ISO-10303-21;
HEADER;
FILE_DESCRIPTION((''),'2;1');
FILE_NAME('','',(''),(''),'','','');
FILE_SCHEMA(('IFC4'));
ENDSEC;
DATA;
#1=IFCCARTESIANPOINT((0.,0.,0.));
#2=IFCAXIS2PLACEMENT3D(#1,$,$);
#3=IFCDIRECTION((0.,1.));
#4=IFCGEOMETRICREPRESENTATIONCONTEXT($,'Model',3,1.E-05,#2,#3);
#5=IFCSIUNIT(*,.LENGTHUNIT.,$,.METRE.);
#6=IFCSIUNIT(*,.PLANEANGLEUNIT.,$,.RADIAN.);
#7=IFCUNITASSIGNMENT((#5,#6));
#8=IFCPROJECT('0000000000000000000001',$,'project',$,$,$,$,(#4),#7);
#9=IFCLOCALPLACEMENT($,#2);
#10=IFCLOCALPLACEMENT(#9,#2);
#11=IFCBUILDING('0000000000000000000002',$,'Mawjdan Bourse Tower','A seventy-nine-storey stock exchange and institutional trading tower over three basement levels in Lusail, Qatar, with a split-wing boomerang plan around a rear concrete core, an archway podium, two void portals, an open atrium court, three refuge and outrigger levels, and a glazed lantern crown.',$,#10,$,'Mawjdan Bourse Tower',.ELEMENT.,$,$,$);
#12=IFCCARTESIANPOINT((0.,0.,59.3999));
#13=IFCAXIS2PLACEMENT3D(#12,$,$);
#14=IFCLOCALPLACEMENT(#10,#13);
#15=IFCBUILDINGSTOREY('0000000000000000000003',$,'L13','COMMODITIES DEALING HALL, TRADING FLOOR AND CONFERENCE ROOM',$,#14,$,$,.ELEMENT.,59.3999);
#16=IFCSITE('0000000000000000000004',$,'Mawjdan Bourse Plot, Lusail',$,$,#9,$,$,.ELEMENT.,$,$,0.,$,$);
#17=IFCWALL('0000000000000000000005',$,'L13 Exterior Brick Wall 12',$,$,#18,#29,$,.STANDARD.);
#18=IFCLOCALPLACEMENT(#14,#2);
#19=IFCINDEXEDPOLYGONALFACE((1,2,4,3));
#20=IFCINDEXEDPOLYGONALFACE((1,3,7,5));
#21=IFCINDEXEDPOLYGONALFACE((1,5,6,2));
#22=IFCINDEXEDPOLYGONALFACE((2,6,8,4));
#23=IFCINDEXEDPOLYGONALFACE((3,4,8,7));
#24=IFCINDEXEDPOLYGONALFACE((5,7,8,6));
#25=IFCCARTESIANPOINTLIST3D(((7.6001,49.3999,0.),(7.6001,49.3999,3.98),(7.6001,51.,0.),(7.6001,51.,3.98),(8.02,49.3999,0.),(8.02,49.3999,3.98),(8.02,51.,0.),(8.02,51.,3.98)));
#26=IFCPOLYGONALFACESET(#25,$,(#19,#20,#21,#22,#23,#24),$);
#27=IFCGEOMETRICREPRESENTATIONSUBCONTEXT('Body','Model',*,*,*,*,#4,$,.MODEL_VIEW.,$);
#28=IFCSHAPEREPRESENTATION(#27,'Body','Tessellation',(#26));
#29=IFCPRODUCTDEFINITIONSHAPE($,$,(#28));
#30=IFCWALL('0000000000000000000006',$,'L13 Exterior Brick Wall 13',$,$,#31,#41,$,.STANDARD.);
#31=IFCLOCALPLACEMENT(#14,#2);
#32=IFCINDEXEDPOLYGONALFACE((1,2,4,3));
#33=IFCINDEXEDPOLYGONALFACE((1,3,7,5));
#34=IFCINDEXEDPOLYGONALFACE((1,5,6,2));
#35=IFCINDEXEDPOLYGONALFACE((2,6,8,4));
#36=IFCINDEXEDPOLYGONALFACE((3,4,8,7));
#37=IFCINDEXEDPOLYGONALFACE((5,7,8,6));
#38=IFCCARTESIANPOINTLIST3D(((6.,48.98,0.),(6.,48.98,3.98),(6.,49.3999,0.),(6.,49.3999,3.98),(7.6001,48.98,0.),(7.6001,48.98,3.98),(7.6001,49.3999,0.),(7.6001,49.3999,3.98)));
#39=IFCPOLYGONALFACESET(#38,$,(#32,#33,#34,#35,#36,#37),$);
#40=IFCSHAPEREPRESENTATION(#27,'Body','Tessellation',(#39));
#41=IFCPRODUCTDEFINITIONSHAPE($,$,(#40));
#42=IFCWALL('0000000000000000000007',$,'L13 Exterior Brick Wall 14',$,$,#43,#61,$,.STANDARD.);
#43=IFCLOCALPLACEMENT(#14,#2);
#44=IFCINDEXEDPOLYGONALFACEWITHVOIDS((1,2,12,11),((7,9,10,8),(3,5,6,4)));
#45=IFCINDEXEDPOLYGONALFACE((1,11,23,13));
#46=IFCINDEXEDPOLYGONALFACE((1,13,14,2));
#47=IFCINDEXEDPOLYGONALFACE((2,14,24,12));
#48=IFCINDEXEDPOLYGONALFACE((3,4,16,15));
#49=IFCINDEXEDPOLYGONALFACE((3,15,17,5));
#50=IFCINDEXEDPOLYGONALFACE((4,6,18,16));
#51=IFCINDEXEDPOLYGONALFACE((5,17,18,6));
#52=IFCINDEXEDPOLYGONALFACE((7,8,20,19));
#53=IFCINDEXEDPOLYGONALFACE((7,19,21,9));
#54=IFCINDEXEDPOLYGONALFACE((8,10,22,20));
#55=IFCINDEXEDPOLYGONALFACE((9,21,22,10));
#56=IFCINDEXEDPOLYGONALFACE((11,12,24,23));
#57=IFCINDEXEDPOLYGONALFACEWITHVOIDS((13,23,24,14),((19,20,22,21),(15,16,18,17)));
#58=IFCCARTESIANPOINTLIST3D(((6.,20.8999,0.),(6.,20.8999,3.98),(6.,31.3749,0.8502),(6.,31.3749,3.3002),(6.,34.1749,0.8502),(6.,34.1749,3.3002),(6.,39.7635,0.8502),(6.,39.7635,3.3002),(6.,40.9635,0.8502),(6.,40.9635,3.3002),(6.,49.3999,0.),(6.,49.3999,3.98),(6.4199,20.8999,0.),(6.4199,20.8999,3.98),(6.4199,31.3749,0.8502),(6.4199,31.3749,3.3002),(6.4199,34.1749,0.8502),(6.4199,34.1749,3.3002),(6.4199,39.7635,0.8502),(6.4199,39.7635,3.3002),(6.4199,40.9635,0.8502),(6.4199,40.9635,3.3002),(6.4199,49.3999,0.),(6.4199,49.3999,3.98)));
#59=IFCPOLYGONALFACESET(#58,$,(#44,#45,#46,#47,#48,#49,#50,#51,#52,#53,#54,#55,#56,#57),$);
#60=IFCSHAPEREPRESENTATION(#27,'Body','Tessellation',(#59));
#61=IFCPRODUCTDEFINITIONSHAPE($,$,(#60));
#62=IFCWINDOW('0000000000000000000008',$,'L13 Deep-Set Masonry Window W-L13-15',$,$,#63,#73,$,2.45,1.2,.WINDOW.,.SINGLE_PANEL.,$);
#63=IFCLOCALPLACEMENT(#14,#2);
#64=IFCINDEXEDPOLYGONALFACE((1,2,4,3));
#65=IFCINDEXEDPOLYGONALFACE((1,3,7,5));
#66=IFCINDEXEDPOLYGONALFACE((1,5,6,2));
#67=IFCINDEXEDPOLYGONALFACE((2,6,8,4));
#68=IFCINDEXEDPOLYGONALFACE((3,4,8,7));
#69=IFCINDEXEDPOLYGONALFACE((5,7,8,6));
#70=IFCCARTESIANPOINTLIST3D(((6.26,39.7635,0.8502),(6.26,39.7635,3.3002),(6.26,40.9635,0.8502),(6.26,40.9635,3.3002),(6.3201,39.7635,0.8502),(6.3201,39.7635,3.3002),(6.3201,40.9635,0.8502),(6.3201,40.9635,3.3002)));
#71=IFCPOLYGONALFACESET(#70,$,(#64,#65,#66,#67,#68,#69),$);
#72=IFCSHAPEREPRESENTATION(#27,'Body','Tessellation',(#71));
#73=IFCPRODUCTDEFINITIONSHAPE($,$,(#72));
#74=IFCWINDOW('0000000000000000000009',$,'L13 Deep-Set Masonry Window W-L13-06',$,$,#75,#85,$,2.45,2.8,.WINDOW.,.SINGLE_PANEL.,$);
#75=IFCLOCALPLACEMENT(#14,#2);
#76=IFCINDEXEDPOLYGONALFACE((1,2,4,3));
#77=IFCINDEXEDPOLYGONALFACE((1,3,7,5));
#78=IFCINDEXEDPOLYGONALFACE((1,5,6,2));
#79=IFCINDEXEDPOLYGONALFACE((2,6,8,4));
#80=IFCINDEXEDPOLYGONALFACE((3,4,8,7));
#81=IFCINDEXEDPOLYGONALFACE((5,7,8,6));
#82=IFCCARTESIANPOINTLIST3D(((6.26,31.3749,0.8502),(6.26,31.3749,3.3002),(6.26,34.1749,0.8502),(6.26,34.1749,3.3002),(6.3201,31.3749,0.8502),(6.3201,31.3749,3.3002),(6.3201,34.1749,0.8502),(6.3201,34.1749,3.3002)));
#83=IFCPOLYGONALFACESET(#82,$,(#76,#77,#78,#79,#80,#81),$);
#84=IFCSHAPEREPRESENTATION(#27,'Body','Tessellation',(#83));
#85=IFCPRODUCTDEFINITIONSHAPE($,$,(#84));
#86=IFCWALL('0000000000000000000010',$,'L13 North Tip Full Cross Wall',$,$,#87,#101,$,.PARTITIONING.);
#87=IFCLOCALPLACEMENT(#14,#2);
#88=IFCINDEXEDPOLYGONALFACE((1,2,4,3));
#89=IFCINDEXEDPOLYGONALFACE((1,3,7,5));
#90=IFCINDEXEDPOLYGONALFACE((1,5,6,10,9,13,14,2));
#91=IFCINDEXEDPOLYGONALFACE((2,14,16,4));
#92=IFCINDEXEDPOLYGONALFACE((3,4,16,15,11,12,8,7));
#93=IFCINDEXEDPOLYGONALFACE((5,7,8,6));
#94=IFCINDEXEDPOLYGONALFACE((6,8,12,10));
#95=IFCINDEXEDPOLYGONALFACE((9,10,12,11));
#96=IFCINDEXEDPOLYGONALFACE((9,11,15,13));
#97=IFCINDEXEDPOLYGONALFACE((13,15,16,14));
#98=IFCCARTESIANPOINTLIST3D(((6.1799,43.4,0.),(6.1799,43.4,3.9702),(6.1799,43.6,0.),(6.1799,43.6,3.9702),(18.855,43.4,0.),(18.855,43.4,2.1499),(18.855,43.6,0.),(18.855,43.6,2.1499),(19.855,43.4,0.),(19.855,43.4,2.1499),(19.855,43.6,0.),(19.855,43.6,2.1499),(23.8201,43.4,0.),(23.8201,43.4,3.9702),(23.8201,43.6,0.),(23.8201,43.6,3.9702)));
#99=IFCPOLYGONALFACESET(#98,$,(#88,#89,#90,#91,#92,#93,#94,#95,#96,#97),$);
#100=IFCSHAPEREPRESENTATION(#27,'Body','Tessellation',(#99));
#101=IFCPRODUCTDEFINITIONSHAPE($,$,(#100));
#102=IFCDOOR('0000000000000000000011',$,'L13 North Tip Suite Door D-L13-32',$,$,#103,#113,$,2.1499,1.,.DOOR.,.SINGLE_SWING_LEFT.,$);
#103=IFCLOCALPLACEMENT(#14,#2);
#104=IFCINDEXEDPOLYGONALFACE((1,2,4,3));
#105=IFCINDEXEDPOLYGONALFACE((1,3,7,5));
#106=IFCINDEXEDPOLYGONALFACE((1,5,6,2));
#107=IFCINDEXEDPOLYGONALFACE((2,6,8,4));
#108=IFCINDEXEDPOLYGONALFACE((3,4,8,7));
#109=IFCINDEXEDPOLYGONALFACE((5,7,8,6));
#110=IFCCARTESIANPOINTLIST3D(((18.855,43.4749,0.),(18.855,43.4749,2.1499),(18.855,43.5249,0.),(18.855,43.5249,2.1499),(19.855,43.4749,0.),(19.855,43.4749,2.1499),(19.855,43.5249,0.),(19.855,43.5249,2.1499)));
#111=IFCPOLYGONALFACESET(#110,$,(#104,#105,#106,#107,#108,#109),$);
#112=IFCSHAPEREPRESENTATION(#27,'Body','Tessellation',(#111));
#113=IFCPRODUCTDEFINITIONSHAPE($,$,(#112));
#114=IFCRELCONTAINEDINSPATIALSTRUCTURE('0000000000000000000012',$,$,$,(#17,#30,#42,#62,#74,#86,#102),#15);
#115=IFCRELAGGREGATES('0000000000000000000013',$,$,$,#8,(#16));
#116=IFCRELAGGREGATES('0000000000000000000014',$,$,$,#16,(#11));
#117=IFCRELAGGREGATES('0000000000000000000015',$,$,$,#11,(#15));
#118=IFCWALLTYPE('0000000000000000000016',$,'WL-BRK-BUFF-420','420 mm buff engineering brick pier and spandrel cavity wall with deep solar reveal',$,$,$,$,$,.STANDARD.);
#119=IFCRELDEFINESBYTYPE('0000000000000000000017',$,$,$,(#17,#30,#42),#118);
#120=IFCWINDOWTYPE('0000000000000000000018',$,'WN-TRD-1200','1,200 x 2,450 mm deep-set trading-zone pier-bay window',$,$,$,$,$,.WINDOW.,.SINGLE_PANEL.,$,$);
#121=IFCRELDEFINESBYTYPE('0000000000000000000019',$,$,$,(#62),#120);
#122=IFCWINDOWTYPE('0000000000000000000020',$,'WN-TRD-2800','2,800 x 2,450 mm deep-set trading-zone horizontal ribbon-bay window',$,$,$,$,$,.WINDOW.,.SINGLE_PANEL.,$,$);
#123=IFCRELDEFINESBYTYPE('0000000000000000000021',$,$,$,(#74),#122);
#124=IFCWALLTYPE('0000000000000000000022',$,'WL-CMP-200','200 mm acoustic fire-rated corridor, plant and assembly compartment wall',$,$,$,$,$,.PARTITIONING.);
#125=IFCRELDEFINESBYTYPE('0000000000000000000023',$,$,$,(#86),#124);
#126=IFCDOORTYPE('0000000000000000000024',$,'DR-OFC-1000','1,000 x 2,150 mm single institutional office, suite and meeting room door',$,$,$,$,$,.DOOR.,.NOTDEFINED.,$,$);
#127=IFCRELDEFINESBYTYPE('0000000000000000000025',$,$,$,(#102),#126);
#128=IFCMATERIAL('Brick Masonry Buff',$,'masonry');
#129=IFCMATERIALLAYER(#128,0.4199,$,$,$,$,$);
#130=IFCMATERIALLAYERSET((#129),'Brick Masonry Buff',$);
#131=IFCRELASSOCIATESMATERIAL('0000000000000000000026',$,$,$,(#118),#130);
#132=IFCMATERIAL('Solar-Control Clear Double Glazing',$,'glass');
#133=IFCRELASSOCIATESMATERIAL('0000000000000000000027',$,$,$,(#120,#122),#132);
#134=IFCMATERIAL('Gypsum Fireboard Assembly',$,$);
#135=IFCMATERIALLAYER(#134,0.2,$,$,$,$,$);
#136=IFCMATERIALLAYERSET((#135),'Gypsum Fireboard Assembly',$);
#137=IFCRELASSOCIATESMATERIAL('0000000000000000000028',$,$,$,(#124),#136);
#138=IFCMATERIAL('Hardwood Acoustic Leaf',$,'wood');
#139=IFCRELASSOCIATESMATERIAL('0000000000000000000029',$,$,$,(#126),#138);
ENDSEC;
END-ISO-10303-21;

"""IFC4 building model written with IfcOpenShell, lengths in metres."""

from ifc_helpers import new_model, si_unit, direction, frame, frame_2d, origin, place, context, subcontext, project, spatial, rectangle, extrude, material, layer, layer_set, type_object, element, fill, save


model = new_model("IFC4")

# Units and contexts
model_context = context("Model", 3, precision=1e-05, world=origin(), true_north=direction((0.0, 1.0)))
body_context = subcontext(model_context, "Body", "Model", "MODEL_VIEW")
ifc_project = project(units=[si_unit("LENGTHUNIT", "METRE"), si_unit("PLANEANGLEUNIT", "RADIAN")], contexts=[model_context])

# Site, building, storey
site_placement = place(None, origin())
site = spatial("IfcSite", under=ifc_project, at=site_placement, Name="Mawjdan Bourse Plot, Lusail", CompositionType="ELEMENT", RefElevation=0.0)
building_placement = place(site_placement, origin())
building = spatial("IfcBuilding", under=site, at=building_placement, Name="Mawjdan Bourse Tower", Description="A seventy-nine-storey stock exchange and institutional trading tower over three basement levels in Lusail, Qatar, with a split-wing boomerang plan around a rear concrete core, an archway podium, two void portals, an open atrium court, three refuge and outrigger levels, and a glazed lantern crown.", LongName="Mawjdan Bourse Tower", CompositionType="ELEMENT")
storey_placement = place(building_placement, frame((0.0, 0.0, 59.3999)))
storey = spatial("IfcBuildingStorey", under=building, at=storey_placement, Name="L13", Description="COMMODITIES DEALING HALL, TRADING FLOOR AND CONFERENCE ROOM", CompositionType="ELEMENT", Elevation=59.3999)

# Walls
ifc_material_1 = material(Name="Brick Masonry Buff", Category="masonry")
ifc_layer_1 = layer(ifc_material_1, 0.4199)
ifc_layer_set_1 = layer_set([ifc_layer_1], Name="Brick Masonry Buff")
wall_type_1 = type_object("IfcWallType", Name="WL-BRK-BUFF-420", Description="420 mm buff engineering brick pier and spandrel cavity wall with deep solar reveal", PredefinedType="STANDARD", material=ifc_layer_set_1)
for number, where, z_axis, x_axis, name in (
    (1, (7.8101, 51.0, 0.0), (0.0, 0.0, 1.0), (0.0, -1.0, 0.0), "L13 Exterior Brick Wall 12"),
    (2, (7.6001, 49.1899, 0.0), (0.0, 0.0, 1.0), (-1.0, 0.0, 0.0), "L13 Exterior Brick Wall 13"),
):
    element("IfcWall", number, at=place(storey_placement, frame(where, z_axis=z_axis, x_axis=x_axis)), inside=storey, type_object=wall_type_1, Name=name, PredefinedType="STANDARD", context=body_context, shape_type="SweptSolid", body=[
        extrude(rectangle(XDim=1.6001, YDim=0.4199, at=frame_2d((0.8, 0.0))), origin(), (0.0, 0.0, 1.0), 3.98),
    ])

# Wall, openings, windows
wall_1_placement = place(storey_placement, frame((6.21, 49.3999, 0.0), z_axis=(0.0, 0.0, 1.0), x_axis=(0.0, -1.0, 0.0)))
wall_1 = element("IfcWall", 3, at=wall_1_placement, inside=storey, type_object=wall_type_1, Name="L13 Exterior Brick Wall 14", PredefinedType="STANDARD", context=body_context, shape_type="SweptSolid", body=[
    extrude(rectangle(XDim=28.5, YDim=0.4199, at=frame_2d((14.25, 0.0))), origin(), (0.0, 0.0, 1.0), 3.98),
])
opening_1_placement = place(wall_1_placement, frame((15.2251, 0.0, 0.8501)))
opening_1 = element("IfcOpeningElement", 4, at=opening_1_placement, cuts=wall_1, PredefinedType="OPENING", context=body_context, shape_type="SweptSolid", body=[
    extrude(rectangle(XDim=2.8, YDim=2.45, at=frame_2d((1.3999, 1.2251))), frame((0.0, 0.22, 0.0), z_axis=(0.0, -1.0, 0.0), x_axis=(1.0, 0.0, 0.0)), (0.0, 0.0, 1.0), 0.4399),
])
opening_2_placement = place(wall_1_placement, frame((8.4363, 0.0, 0.8501)))
opening_2 = element("IfcOpeningElement", 5, at=opening_2_placement, cuts=wall_1, PredefinedType="OPENING", context=body_context, shape_type="SweptSolid", body=[
    extrude(rectangle(XDim=1.2, YDim=2.45, at=frame_2d((0.6001, 1.2251))), frame((0.0, 0.22, 0.0), z_axis=(0.0, -1.0, 0.0), x_axis=(1.0, 0.0, 0.0)), (0.0, 0.0, 1.0), 0.4399),
])
ifc_material_2 = material(Name="Solar-Control Clear Double Glazing", Category="glass")
window_type_1 = type_object("IfcWindowType", Name="WN-TRD-1200", Description="1,200 x 2,450 mm deep-set trading-zone pier-bay window", PartitioningType="SINGLE_PANEL", PredefinedType="WINDOW", material=ifc_material_2)
window_1_placement = place(opening_2_placement, origin())
window_1 = element("IfcWindow", 6, at=window_1_placement, inside=storey, type_object=window_type_1, Name="L13 Deep-Set Masonry Window W-L13-15", OverallHeight=2.45, OverallWidth=1.2, PartitioningType="SINGLE_PANEL", PredefinedType="WINDOW", context=body_context, shape_type="SweptSolid", body=[
    extrude(rectangle(XDim=1.2, YDim=2.45, at=frame_2d((0.6001, 1.2251))), frame((0.0, 0.1101, 0.0), z_axis=(0.0, -1.0, 0.0), x_axis=(1.0, 0.0, 0.0)), (0.0, 0.0, 1.0), 0.0601),
])
fill(opening_2, window_1)
window_type_2 = type_object("IfcWindowType", Name="WN-TRD-2800", Description="2,800 x 2,450 mm deep-set trading-zone horizontal ribbon-bay window", PartitioningType="SINGLE_PANEL", PredefinedType="WINDOW", material=ifc_material_2)
window_2_placement = place(opening_1_placement, origin())
window_2 = element("IfcWindow", 7, at=window_2_placement, inside=storey, type_object=window_type_2, Name="L13 Deep-Set Masonry Window W-L13-06", OverallHeight=2.45, OverallWidth=2.8, PartitioningType="SINGLE_PANEL", PredefinedType="WINDOW", context=body_context, shape_type="SweptSolid", body=[
    extrude(rectangle(XDim=2.8, YDim=2.45, at=frame_2d((1.3999, 1.2251))), frame((0.0, 0.1101, 0.0), z_axis=(0.0, -1.0, 0.0), x_axis=(1.0, 0.0, 0.0)), (0.0, 0.0, 1.0), 0.0601),
])
fill(opening_1, window_2)

# Wall, opening, door
ifc_material_3 = material(Name="Gypsum Fireboard Assembly")
ifc_layer_2 = layer(ifc_material_3, 0.2)
ifc_layer_set_2 = layer_set([ifc_layer_2], Name="Gypsum Fireboard Assembly")
wall_type_2 = type_object("IfcWallType", Name="WL-CMP-200", Description="200 mm acoustic fire-rated corridor, plant and assembly compartment wall", PredefinedType="PARTITIONING", material=ifc_layer_set_2)
wall_2_placement = place(storey_placement, frame((6.1799, 43.5, 0.0), z_axis=(0.0, 0.0, 1.0), x_axis=(1.0, 0.0, 0.0)))
wall_2 = element("IfcWall", 8, at=wall_2_placement, inside=storey, type_object=wall_type_2, Name="L13 North Tip Full Cross Wall", PredefinedType="PARTITIONING", context=body_context, shape_type="SweptSolid", body=[
    extrude(rectangle(XDim=17.6401, YDim=0.2, at=frame_2d((8.8201, 0.0))), origin(), (0.0, 0.0, 1.0), 3.9702),
])
opening_3_placement = place(wall_2_placement, frame((12.675, 0.0, 0.0)))
opening_3 = element("IfcOpeningElement", 9, at=opening_3_placement, cuts=wall_2, PredefinedType="OPENING", context=body_context, shape_type="SweptSolid", body=[
    extrude(rectangle(XDim=1.0, YDim=2.1499, at=frame_2d((0.5, 1.075))), frame((0.0, 0.1099, 0.0), z_axis=(0.0, -1.0, 0.0), x_axis=(1.0, 0.0, 0.0)), (0.0, 0.0, 1.0), 0.22),
])
ifc_material_4 = material(Name="Hardwood Acoustic Leaf", Category="wood")
door_type = type_object("IfcDoorType", Name="DR-OFC-1000", Description="1,000 x 2,150 mm single institutional office, suite and meeting room door", OperationType="NOTDEFINED", PredefinedType="DOOR", material=ifc_material_4)
door_placement = place(opening_3_placement, origin())
door = element("IfcDoor", 10, at=door_placement, inside=storey, type_object=door_type, Name="L13 North Tip Suite Door D-L13-32", OperationType="SINGLE_SWING_LEFT", OverallHeight=2.1499, OverallWidth=1.0, PredefinedType="DOOR", context=body_context, shape_type="SweptSolid", body=[
    extrude(rectangle(XDim=1.0, YDim=2.1499, at=frame_2d((0.5, 1.075))), frame((0.0, 0.0249, 0.0), z_axis=(0.0, -1.0, 0.0), x_axis=(1.0, 0.0, 0.0)), (0.0, 0.0, 1.0), 0.05),
])
fill(opening_3, door)

save(model, "model.ifc")
